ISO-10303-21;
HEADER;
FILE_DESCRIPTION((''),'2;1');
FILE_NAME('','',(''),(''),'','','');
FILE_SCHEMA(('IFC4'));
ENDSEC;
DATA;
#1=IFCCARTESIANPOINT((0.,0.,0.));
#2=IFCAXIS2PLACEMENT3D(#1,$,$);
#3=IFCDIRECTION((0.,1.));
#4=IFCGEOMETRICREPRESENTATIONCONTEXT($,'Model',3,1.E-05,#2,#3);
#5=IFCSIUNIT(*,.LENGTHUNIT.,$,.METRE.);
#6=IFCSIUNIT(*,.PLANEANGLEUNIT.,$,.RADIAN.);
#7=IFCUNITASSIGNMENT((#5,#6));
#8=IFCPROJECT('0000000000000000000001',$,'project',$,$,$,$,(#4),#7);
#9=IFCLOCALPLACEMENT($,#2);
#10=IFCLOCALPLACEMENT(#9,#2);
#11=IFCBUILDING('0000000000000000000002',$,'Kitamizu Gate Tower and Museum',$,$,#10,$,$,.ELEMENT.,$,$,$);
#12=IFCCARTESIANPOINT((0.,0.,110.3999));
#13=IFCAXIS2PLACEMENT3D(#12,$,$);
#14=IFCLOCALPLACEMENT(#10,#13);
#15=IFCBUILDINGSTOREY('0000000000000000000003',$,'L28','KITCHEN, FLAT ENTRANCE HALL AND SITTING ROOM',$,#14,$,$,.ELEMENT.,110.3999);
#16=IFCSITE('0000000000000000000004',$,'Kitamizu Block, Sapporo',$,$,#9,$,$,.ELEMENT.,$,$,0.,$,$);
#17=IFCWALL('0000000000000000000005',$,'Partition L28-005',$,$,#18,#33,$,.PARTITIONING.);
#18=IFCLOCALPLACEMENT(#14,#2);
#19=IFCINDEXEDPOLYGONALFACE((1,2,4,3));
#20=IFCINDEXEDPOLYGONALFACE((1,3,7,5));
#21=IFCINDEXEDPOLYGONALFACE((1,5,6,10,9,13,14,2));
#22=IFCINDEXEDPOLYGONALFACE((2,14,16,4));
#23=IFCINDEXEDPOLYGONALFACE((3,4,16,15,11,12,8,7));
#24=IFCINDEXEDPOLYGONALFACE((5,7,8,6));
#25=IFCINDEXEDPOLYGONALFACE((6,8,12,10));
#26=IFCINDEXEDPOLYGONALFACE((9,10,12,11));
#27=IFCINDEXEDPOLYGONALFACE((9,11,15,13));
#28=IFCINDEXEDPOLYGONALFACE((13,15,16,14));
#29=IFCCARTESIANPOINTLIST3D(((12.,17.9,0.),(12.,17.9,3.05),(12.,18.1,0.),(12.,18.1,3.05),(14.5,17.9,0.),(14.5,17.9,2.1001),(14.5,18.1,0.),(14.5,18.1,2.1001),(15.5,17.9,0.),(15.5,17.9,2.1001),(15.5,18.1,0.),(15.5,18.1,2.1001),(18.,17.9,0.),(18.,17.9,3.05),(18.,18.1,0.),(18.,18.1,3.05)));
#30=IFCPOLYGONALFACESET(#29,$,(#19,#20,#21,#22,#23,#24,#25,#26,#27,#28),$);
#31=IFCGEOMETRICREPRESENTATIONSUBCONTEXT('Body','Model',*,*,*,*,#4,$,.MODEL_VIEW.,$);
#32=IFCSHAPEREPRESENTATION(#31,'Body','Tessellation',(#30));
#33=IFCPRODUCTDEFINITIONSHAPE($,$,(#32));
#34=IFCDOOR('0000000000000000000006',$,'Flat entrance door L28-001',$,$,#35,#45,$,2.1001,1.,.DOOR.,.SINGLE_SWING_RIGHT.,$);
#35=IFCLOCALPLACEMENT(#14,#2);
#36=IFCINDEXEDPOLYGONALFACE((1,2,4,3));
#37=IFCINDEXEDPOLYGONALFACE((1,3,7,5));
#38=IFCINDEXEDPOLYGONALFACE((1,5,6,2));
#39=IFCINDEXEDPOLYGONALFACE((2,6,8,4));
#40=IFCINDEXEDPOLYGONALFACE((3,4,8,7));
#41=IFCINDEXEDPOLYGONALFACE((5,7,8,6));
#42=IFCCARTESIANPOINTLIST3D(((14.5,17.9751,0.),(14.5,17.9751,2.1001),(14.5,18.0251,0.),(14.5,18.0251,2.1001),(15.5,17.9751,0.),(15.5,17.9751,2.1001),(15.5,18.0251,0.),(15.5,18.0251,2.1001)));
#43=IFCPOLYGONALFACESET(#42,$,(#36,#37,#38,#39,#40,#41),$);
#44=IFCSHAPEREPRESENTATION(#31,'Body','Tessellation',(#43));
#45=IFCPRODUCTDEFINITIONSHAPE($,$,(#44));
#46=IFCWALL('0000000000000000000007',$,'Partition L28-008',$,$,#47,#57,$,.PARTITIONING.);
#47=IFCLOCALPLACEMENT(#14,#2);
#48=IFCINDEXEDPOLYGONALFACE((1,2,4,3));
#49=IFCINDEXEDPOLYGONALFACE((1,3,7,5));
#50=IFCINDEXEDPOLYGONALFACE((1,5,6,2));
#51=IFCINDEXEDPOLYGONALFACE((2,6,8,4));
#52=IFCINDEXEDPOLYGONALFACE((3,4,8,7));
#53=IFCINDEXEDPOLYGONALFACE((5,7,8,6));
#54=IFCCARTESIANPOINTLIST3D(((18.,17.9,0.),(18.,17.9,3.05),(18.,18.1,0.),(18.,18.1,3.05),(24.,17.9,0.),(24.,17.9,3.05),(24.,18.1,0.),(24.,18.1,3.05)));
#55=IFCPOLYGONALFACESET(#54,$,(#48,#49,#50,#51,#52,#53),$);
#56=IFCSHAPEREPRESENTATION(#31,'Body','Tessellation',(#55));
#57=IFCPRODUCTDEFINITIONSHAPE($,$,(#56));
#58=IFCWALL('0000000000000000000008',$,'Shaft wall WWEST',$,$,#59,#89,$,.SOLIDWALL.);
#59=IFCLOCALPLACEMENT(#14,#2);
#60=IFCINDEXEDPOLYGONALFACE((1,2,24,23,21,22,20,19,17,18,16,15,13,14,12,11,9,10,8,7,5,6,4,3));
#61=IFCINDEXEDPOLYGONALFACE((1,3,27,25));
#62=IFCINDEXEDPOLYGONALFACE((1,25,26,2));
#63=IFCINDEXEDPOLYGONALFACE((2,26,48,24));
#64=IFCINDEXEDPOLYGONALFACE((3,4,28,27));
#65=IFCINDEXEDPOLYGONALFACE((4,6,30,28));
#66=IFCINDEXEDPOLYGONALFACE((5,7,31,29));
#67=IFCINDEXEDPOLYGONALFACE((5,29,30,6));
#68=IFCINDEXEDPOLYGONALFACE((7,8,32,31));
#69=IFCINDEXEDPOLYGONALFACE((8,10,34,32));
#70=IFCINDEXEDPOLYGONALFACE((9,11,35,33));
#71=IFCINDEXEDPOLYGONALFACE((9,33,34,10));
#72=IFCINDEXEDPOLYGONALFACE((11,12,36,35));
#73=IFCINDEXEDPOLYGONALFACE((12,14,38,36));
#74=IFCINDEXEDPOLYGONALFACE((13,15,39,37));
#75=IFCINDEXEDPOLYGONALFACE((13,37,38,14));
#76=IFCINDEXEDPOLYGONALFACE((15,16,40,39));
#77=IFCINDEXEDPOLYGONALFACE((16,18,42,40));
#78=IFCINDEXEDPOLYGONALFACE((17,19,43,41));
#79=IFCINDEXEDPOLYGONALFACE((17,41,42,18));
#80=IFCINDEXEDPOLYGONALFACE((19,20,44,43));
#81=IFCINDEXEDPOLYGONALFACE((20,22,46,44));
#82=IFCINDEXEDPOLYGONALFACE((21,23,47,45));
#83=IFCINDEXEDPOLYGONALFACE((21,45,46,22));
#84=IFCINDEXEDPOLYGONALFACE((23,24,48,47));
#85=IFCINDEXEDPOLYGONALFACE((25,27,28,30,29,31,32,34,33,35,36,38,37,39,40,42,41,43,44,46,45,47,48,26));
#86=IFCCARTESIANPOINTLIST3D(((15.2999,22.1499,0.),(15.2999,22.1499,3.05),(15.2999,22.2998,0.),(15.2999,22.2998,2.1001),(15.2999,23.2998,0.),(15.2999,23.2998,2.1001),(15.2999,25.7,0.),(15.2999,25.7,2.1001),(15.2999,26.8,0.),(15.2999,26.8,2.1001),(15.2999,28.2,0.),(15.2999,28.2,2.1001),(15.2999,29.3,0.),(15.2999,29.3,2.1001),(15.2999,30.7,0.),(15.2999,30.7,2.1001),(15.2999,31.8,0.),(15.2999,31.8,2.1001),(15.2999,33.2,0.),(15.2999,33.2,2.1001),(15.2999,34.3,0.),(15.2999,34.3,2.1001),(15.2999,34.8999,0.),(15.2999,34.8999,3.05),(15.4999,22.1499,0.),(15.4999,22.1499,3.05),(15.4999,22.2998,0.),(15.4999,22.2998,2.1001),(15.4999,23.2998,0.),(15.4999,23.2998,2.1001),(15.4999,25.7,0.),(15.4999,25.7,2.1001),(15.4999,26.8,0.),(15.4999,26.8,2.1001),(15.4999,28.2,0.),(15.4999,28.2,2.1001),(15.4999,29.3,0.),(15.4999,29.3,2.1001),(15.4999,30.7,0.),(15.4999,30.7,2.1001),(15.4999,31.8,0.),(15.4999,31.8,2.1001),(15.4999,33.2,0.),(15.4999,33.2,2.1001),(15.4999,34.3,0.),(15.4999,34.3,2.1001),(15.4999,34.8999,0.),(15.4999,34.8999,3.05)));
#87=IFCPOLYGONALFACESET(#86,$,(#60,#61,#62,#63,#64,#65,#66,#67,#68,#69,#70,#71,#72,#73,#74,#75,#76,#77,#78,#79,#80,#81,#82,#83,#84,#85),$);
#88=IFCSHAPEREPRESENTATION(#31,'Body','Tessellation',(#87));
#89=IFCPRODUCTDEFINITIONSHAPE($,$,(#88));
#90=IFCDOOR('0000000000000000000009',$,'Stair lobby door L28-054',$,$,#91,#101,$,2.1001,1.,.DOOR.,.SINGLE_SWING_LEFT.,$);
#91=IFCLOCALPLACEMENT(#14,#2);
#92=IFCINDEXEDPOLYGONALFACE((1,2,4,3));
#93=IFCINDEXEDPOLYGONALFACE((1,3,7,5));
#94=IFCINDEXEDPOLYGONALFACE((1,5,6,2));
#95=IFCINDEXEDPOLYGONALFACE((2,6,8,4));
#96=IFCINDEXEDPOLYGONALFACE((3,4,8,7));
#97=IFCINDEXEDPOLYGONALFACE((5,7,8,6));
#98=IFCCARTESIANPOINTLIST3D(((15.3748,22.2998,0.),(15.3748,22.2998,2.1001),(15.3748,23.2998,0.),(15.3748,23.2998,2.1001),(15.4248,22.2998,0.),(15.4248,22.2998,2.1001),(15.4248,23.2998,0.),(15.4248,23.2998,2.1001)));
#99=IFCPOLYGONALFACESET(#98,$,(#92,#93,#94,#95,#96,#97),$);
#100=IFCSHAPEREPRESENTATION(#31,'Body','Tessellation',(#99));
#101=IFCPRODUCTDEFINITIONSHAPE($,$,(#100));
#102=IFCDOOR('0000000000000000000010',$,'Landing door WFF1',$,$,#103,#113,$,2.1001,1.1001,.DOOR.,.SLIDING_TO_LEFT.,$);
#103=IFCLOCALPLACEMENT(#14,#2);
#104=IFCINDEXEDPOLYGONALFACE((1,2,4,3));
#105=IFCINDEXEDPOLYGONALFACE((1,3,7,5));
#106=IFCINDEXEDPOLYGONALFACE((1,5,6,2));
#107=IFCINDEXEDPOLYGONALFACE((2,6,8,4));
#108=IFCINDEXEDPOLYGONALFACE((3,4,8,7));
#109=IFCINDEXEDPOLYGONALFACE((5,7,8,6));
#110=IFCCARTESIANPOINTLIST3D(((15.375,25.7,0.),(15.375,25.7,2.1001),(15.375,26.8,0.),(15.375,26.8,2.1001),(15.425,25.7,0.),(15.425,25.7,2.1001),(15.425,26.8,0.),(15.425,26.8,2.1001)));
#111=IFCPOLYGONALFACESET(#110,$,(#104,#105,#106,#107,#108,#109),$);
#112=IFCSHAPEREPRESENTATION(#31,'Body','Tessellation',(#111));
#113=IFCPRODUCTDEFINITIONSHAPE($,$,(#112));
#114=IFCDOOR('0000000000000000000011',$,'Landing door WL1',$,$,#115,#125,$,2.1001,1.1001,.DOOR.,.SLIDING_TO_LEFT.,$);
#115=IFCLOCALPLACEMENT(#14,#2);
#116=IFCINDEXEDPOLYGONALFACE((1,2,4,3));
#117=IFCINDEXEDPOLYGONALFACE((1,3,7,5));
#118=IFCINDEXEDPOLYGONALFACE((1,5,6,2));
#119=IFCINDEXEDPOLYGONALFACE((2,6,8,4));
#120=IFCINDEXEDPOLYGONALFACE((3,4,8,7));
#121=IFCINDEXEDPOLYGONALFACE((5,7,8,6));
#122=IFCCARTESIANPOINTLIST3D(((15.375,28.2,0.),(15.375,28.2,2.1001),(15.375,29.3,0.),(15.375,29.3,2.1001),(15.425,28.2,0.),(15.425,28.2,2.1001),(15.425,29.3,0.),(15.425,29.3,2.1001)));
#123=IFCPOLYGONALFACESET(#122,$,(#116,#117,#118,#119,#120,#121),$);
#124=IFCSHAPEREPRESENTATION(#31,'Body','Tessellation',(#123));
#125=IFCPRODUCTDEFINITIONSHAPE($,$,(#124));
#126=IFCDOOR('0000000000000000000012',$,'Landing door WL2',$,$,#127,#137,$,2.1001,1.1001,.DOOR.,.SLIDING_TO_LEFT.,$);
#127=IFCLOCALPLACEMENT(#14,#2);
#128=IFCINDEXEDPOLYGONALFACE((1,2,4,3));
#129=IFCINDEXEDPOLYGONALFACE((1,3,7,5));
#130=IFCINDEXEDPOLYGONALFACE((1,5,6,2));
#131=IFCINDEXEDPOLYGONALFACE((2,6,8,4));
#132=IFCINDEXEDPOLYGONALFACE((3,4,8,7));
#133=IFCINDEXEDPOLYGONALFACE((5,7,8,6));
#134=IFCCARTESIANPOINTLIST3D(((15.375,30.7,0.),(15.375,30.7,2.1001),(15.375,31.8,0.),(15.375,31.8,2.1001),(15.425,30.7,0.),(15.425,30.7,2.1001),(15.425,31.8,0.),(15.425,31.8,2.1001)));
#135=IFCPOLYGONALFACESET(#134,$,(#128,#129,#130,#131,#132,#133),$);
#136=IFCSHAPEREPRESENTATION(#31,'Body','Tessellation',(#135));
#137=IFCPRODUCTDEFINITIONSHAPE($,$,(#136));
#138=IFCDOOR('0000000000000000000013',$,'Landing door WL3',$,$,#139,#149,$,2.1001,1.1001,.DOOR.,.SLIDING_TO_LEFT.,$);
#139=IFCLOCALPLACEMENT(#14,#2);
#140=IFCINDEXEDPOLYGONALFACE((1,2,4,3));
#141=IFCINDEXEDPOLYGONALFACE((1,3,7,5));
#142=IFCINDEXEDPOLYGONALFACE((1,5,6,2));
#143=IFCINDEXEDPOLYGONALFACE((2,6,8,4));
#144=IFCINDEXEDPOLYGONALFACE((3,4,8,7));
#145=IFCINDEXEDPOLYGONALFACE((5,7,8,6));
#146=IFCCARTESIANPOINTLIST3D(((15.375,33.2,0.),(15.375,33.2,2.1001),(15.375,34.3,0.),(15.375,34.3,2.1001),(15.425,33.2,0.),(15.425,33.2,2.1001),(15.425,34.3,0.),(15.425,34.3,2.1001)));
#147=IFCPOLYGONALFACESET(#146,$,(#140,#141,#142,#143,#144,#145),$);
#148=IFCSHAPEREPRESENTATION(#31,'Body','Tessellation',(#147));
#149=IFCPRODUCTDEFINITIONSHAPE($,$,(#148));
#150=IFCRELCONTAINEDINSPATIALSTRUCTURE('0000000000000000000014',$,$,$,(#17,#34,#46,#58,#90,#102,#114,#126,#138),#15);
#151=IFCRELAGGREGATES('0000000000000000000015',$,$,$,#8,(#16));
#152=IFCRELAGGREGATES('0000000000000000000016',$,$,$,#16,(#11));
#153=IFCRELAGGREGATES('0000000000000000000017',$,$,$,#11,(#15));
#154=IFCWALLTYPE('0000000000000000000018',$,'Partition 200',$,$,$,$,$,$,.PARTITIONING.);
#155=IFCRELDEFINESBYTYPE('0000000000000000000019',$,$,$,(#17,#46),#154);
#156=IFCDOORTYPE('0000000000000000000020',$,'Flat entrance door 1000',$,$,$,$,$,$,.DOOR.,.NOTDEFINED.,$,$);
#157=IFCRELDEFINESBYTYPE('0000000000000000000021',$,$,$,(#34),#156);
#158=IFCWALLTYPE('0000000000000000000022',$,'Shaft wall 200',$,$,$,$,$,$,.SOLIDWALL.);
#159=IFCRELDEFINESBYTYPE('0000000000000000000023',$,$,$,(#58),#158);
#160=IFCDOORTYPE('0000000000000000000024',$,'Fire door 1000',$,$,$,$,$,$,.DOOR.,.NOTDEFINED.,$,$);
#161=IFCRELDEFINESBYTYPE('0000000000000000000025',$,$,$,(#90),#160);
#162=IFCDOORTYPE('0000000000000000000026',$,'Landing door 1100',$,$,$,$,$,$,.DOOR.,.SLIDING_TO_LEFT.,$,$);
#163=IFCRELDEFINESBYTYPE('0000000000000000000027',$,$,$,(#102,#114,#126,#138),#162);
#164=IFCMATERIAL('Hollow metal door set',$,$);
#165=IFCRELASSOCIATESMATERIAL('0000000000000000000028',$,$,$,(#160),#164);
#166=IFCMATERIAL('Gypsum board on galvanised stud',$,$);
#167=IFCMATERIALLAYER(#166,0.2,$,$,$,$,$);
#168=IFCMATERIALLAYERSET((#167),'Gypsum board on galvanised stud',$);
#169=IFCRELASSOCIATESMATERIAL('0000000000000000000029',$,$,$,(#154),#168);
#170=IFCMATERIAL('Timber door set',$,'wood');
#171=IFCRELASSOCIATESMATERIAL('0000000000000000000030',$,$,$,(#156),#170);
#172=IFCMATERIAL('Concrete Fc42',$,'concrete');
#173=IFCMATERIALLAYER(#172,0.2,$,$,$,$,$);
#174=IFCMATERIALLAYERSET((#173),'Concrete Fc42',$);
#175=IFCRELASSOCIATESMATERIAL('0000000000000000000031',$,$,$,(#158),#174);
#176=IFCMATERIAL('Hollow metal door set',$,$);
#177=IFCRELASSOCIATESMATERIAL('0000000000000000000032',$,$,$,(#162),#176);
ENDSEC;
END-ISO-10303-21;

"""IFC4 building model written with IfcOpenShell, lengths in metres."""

from ifc_helpers import new_model, si_unit, direction, frame, frame_2d, origin, place, context, subcontext, project, spatial, rectangle, extrude, material, layer, layer_set, type_object, element, fill, save


model = new_model("IFC4")

# Units and contexts
model_context = context("Model", 3, precision=1e-05, world=origin(), true_north=direction((0.0, 1.0)))
body_context = subcontext(model_context, "Body", "Model", "MODEL_VIEW")
ifc_project = project(units=[si_unit("LENGTHUNIT", "METRE"), si_unit("PLANEANGLEUNIT", "RADIAN")], contexts=[model_context])

# Site, building, storey
site_placement = place(None, origin())
site = spatial("IfcSite", under=ifc_project, at=site_placement, Name="Kitamizu Block, Sapporo", CompositionType="ELEMENT", RefElevation=0.0)
building_placement = place(site_placement, origin())
building = spatial("IfcBuilding", under=site, at=building_placement, Name="Kitamizu Gate Tower and Museum", CompositionType="ELEMENT")
storey_placement = place(building_placement, frame((0.0, 0.0, 110.3999)))
storey = spatial("IfcBuildingStorey", under=building, at=storey_placement, Name="L28", Description="KITCHEN, FLAT ENTRANCE HALL AND SITTING ROOM", CompositionType="ELEMENT", Elevation=110.3999)

# Shared definitions
ifc_material_1 = material(Name="Hollow metal door set")
door_type_1 = type_object("IfcDoorType", Name="Fire door 1000", OperationType="NOTDEFINED", PredefinedType="DOOR", material=ifc_material_1)

# Wall, opening, door
ifc_material_2 = material(Name="Gypsum board on galvanised stud")
ifc_layer_1 = layer(ifc_material_2, 0.2)
ifc_layer_set_1 = layer_set([ifc_layer_1], Name="Gypsum board on galvanised stud")
wall_type_1 = type_object("IfcWallType", Name="Partition 200", PredefinedType="PARTITIONING", material=ifc_layer_set_1)
wall_1_placement = place(storey_placement, frame((18.0, 18.0, 0.0), z_axis=(0.0, 0.0, 1.0), x_axis=(-1.0, 0.0, 0.0)))
wall_1 = element("IfcWall", 1, at=wall_1_placement, inside=storey, type_object=wall_type_1, Name="Partition L28-005", PredefinedType="PARTITIONING", context=body_context, shape_type="SweptSolid", body=[
    extrude(rectangle(XDim=6.0, YDim=0.2, at=frame_2d((3.0, 0.0))), origin(), (0.0, 0.0, 1.0), 3.05),
])
opening_1_placement = place(wall_1_placement, frame((2.5, 0.0, 0.0)))
opening_1 = element("IfcOpeningElement", 2, at=opening_1_placement, cuts=wall_1, PredefinedType="OPENING", context=body_context, shape_type="SweptSolid", body=[
    extrude(rectangle(XDim=1.0, YDim=2.1001, at=frame_2d((0.5, 1.05))), frame((0.0, 0.1099, 0.0), z_axis=(0.0, -1.0, 0.0), x_axis=(1.0, 0.0, 0.0)), (0.0, 0.0, 1.0), 0.22),
])
ifc_material_3 = material(Name="Timber door set", Category="wood")
door_type_2 = type_object("IfcDoorType", Name="Flat entrance door 1000", OperationType="NOTDEFINED", PredefinedType="DOOR", material=ifc_material_3)
door_1_placement = place(opening_1_placement, origin())
door_1 = element("IfcDoor", 3, at=door_1_placement, inside=storey, type_object=door_type_2, Name="Flat entrance door L28-001", OperationType="SINGLE_SWING_RIGHT", OverallHeight=2.1001, OverallWidth=1.0, PredefinedType="DOOR", context=body_context, shape_type="SweptSolid", body=[
    extrude(rectangle(XDim=1.0, YDim=2.1001, at=frame_2d((0.5, 1.05))), frame((0.0, 0.0249, 0.0), z_axis=(0.0, -1.0, 0.0), x_axis=(1.0, 0.0, 0.0)), (0.0, 0.0, 1.0), 0.05),
])
fill(opening_1, door_1)

# Wall
wall_2_placement = place(storey_placement, frame((24.0, 18.0, 0.0), z_axis=(0.0, 0.0, 1.0), x_axis=(-1.0, 0.0, 0.0)))
element("IfcWall", 4, at=wall_2_placement, inside=storey, type_object=wall_type_1, Name="Partition L28-008", PredefinedType="PARTITIONING", context=body_context, shape_type="SweptSolid", body=[
    extrude(rectangle(XDim=6.0, YDim=0.2, at=frame_2d((3.0, 0.0))), origin(), (0.0, 0.0, 1.0), 3.05),
])

# Wall, openings, doors
ifc_material_4 = material(Name="Concrete Fc42", Category="concrete")
ifc_layer_2 = layer(ifc_material_4, 0.2)
ifc_layer_set_2 = layer_set([ifc_layer_2], Name="Concrete Fc42")
wall_type_2 = type_object("IfcWallType", Name="Shaft wall 200", PredefinedType="SOLIDWALL", material=ifc_layer_set_2)
wall_3_placement = place(storey_placement, frame((15.3999, 22.1499, 0.0), z_axis=(0.0, 0.0, 1.0), x_axis=(0.0, 1.0, 0.0)))
wall_3 = element("IfcWall", 5, at=wall_3_placement, inside=storey, type_object=wall_type_2, Name="Shaft wall WWEST", PredefinedType="SOLIDWALL", context=body_context, shape_type="SweptSolid", body=[
    extrude(rectangle(XDim=12.75, YDim=0.2, at=frame_2d((6.375, 0.0))), origin(), (0.0, 0.0, 1.0), 3.05),
])
opening_2_placement = place(wall_3_placement, frame((3.55, 0.0, 0.0)))
opening_2 = element("IfcOpeningElement", 6, at=opening_2_placement, cuts=wall_3, PredefinedType="OPENING", context=body_context, shape_type="SweptSolid", body=[
    extrude(rectangle(XDim=1.1001, YDim=2.1001, at=frame_2d((0.55, 1.05))), frame((0.0, 0.1099, 0.0), z_axis=(0.0, -1.0, 0.0), x_axis=(1.0, 0.0, 0.0)), (0.0, 0.0, 1.0), 0.22),
])
opening_3_placement = place(wall_3_placement, frame((6.05, 0.0, 0.0)))
opening_3 = element("IfcOpeningElement", 7, at=opening_3_placement, cuts=wall_3, PredefinedType="OPENING", context=body_context, shape_type="SweptSolid", body=[
    extrude(rectangle(XDim=1.1001, YDim=2.1001, at=frame_2d((0.55, 1.05))), frame((0.0, 0.1099, 0.0), z_axis=(0.0, -1.0, 0.0), x_axis=(1.0, 0.0, 0.0)), (0.0, 0.0, 1.0), 0.22),
])
opening_4_placement = place(wall_3_placement, frame((8.55, 0.0, 0.0)))
opening_4 = element("IfcOpeningElement", 8, at=opening_4_placement, cuts=wall_3, PredefinedType="OPENING", context=body_context, shape_type="SweptSolid", body=[
    extrude(rectangle(XDim=1.1001, YDim=2.1001, at=frame_2d((0.55, 1.05))), frame((0.0, 0.1099, 0.0), z_axis=(0.0, -1.0, 0.0), x_axis=(1.0, 0.0, 0.0)), (0.0, 0.0, 1.0), 0.22),
])
opening_5_placement = place(wall_3_placement, frame((11.05, 0.0, 0.0)))
opening_5 = element("IfcOpeningElement", 9, at=opening_5_placement, cuts=wall_3, PredefinedType="OPENING", context=body_context, shape_type="SweptSolid", body=[
    extrude(rectangle(XDim=1.1001, YDim=2.1001, at=frame_2d((0.55, 1.05))), frame((0.0, 0.1099, 0.0), z_axis=(0.0, -1.0, 0.0), x_axis=(1.0, 0.0, 0.0)), (0.0, 0.0, 1.0), 0.22),
])
opening_6_placement = place(wall_3_placement, frame((0.1499, 0.0, 0.0)))
opening_6 = element("IfcOpeningElement", 10, at=opening_6_placement, cuts=wall_3, PredefinedType="OPENING", context=body_context, shape_type="SweptSolid", body=[
    extrude(rectangle(XDim=1.0, YDim=2.1001, at=frame_2d((0.5, 1.05))), frame((0.0, 0.1099, 0.0), z_axis=(0.0, -1.0, 0.0), x_axis=(1.0, 0.0, 0.0)), (0.0, 0.0, 1.0), 0.22),
])
door_2_placement = place(opening_6_placement, frame((1.0, 0.0, 0.0), x_axis=(-1.0, 0.0, 0.0)))
door_2 = element("IfcDoor", 11, at=door_2_placement, inside=storey, type_object=door_type_1, Name="Stair lobby door L28-054", OperationType="SINGLE_SWING_LEFT", OverallHeight=2.1001, OverallWidth=1.0, PredefinedType="DOOR", context=body_context, shape_type="SweptSolid", body=[
    extrude(rectangle(XDim=1.0, YDim=2.1001, at=frame_2d((0.5, 1.05))), frame((0.0, 0.0249, 0.0), z_axis=(0.0, -1.0, 0.0), x_axis=(1.0, 0.0, 0.0)), (0.0, 0.0, 1.0), 0.05),
])
fill(opening_6, door_2)
ifc_material_5 = material(Name="Hollow metal door set")
door_type_3 = type_object("IfcDoorType", Name="Landing door 1100", OperationType="SLIDING_TO_LEFT", PredefinedType="DOOR", material=ifc_material_5)
door_3_placement = place(opening_2_placement, origin())
door_3 = element("IfcDoor", 12, at=door_3_placement, inside=storey, type_object=door_type_3, Name="Landing door WFF1", OperationType="SLIDING_TO_LEFT", OverallHeight=2.1001, OverallWidth=1.1001, PredefinedType="DOOR", context=body_context, shape_type="SweptSolid", body=[
    extrude(rectangle(XDim=1.1001, YDim=2.1001, at=frame_2d((0.55, 1.05))), frame((0.0, 0.0249, 0.0), z_axis=(0.0, -1.0, 0.0), x_axis=(1.0, 0.0, 0.0)), (0.0, 0.0, 1.0), 0.05),
])
fill(opening_2, door_3)
door_4_placement = place(opening_3_placement, origin())
door_4 = element("IfcDoor", 13, at=door_4_placement, inside=storey, type_object=door_type_3, Name="Landing door WL1", OperationType="SLIDING_TO_LEFT", OverallHeight=2.1001, OverallWidth=1.1001, PredefinedType="DOOR", context=body_context, shape_type="SweptSolid", body=[
    extrude(rectangle(XDim=1.1001, YDim=2.1001, at=frame_2d((0.55, 1.05))), frame((0.0, 0.0249, 0.0), z_axis=(0.0, -1.0, 0.0), x_axis=(1.0, 0.0, 0.0)), (0.0, 0.0, 1.0), 0.05),
])
fill(opening_3, door_4)
door_5_placement = place(opening_4_placement, origin())
door_5 = element("IfcDoor", 14, at=door_5_placement, inside=storey, type_object=door_type_3, Name="Landing door WL2", OperationType="SLIDING_TO_LEFT", OverallHeight=2.1001, OverallWidth=1.1001, PredefinedType="DOOR", context=body_context, shape_type="SweptSolid", body=[
    extrude(rectangle(XDim=1.1001, YDim=2.1001, at=frame_2d((0.55, 1.05))), frame((0.0, 0.0249, 0.0), z_axis=(0.0, -1.0, 0.0), x_axis=(1.0, 0.0, 0.0)), (0.0, 0.0, 1.0), 0.05),
])
fill(opening_4, door_5)
door_6_placement = place(opening_5_placement, origin())
door_6 = element("IfcDoor", 15, at=door_6_placement, inside=storey, type_object=door_type_3, Name="Landing door WL3", OperationType="SLIDING_TO_LEFT", OverallHeight=2.1001, OverallWidth=1.1001, PredefinedType="DOOR", context=body_context, shape_type="SweptSolid", body=[
    extrude(rectangle(XDim=1.1001, YDim=2.1001, at=frame_2d((0.55, 1.05))), frame((0.0, 0.0249, 0.0), z_axis=(0.0, -1.0, 0.0), x_axis=(1.0, 0.0, 0.0)), (0.0, 0.0, 1.0), 0.05),
])
fill(opening_5, door_6)

save(model, "model.ifc")
